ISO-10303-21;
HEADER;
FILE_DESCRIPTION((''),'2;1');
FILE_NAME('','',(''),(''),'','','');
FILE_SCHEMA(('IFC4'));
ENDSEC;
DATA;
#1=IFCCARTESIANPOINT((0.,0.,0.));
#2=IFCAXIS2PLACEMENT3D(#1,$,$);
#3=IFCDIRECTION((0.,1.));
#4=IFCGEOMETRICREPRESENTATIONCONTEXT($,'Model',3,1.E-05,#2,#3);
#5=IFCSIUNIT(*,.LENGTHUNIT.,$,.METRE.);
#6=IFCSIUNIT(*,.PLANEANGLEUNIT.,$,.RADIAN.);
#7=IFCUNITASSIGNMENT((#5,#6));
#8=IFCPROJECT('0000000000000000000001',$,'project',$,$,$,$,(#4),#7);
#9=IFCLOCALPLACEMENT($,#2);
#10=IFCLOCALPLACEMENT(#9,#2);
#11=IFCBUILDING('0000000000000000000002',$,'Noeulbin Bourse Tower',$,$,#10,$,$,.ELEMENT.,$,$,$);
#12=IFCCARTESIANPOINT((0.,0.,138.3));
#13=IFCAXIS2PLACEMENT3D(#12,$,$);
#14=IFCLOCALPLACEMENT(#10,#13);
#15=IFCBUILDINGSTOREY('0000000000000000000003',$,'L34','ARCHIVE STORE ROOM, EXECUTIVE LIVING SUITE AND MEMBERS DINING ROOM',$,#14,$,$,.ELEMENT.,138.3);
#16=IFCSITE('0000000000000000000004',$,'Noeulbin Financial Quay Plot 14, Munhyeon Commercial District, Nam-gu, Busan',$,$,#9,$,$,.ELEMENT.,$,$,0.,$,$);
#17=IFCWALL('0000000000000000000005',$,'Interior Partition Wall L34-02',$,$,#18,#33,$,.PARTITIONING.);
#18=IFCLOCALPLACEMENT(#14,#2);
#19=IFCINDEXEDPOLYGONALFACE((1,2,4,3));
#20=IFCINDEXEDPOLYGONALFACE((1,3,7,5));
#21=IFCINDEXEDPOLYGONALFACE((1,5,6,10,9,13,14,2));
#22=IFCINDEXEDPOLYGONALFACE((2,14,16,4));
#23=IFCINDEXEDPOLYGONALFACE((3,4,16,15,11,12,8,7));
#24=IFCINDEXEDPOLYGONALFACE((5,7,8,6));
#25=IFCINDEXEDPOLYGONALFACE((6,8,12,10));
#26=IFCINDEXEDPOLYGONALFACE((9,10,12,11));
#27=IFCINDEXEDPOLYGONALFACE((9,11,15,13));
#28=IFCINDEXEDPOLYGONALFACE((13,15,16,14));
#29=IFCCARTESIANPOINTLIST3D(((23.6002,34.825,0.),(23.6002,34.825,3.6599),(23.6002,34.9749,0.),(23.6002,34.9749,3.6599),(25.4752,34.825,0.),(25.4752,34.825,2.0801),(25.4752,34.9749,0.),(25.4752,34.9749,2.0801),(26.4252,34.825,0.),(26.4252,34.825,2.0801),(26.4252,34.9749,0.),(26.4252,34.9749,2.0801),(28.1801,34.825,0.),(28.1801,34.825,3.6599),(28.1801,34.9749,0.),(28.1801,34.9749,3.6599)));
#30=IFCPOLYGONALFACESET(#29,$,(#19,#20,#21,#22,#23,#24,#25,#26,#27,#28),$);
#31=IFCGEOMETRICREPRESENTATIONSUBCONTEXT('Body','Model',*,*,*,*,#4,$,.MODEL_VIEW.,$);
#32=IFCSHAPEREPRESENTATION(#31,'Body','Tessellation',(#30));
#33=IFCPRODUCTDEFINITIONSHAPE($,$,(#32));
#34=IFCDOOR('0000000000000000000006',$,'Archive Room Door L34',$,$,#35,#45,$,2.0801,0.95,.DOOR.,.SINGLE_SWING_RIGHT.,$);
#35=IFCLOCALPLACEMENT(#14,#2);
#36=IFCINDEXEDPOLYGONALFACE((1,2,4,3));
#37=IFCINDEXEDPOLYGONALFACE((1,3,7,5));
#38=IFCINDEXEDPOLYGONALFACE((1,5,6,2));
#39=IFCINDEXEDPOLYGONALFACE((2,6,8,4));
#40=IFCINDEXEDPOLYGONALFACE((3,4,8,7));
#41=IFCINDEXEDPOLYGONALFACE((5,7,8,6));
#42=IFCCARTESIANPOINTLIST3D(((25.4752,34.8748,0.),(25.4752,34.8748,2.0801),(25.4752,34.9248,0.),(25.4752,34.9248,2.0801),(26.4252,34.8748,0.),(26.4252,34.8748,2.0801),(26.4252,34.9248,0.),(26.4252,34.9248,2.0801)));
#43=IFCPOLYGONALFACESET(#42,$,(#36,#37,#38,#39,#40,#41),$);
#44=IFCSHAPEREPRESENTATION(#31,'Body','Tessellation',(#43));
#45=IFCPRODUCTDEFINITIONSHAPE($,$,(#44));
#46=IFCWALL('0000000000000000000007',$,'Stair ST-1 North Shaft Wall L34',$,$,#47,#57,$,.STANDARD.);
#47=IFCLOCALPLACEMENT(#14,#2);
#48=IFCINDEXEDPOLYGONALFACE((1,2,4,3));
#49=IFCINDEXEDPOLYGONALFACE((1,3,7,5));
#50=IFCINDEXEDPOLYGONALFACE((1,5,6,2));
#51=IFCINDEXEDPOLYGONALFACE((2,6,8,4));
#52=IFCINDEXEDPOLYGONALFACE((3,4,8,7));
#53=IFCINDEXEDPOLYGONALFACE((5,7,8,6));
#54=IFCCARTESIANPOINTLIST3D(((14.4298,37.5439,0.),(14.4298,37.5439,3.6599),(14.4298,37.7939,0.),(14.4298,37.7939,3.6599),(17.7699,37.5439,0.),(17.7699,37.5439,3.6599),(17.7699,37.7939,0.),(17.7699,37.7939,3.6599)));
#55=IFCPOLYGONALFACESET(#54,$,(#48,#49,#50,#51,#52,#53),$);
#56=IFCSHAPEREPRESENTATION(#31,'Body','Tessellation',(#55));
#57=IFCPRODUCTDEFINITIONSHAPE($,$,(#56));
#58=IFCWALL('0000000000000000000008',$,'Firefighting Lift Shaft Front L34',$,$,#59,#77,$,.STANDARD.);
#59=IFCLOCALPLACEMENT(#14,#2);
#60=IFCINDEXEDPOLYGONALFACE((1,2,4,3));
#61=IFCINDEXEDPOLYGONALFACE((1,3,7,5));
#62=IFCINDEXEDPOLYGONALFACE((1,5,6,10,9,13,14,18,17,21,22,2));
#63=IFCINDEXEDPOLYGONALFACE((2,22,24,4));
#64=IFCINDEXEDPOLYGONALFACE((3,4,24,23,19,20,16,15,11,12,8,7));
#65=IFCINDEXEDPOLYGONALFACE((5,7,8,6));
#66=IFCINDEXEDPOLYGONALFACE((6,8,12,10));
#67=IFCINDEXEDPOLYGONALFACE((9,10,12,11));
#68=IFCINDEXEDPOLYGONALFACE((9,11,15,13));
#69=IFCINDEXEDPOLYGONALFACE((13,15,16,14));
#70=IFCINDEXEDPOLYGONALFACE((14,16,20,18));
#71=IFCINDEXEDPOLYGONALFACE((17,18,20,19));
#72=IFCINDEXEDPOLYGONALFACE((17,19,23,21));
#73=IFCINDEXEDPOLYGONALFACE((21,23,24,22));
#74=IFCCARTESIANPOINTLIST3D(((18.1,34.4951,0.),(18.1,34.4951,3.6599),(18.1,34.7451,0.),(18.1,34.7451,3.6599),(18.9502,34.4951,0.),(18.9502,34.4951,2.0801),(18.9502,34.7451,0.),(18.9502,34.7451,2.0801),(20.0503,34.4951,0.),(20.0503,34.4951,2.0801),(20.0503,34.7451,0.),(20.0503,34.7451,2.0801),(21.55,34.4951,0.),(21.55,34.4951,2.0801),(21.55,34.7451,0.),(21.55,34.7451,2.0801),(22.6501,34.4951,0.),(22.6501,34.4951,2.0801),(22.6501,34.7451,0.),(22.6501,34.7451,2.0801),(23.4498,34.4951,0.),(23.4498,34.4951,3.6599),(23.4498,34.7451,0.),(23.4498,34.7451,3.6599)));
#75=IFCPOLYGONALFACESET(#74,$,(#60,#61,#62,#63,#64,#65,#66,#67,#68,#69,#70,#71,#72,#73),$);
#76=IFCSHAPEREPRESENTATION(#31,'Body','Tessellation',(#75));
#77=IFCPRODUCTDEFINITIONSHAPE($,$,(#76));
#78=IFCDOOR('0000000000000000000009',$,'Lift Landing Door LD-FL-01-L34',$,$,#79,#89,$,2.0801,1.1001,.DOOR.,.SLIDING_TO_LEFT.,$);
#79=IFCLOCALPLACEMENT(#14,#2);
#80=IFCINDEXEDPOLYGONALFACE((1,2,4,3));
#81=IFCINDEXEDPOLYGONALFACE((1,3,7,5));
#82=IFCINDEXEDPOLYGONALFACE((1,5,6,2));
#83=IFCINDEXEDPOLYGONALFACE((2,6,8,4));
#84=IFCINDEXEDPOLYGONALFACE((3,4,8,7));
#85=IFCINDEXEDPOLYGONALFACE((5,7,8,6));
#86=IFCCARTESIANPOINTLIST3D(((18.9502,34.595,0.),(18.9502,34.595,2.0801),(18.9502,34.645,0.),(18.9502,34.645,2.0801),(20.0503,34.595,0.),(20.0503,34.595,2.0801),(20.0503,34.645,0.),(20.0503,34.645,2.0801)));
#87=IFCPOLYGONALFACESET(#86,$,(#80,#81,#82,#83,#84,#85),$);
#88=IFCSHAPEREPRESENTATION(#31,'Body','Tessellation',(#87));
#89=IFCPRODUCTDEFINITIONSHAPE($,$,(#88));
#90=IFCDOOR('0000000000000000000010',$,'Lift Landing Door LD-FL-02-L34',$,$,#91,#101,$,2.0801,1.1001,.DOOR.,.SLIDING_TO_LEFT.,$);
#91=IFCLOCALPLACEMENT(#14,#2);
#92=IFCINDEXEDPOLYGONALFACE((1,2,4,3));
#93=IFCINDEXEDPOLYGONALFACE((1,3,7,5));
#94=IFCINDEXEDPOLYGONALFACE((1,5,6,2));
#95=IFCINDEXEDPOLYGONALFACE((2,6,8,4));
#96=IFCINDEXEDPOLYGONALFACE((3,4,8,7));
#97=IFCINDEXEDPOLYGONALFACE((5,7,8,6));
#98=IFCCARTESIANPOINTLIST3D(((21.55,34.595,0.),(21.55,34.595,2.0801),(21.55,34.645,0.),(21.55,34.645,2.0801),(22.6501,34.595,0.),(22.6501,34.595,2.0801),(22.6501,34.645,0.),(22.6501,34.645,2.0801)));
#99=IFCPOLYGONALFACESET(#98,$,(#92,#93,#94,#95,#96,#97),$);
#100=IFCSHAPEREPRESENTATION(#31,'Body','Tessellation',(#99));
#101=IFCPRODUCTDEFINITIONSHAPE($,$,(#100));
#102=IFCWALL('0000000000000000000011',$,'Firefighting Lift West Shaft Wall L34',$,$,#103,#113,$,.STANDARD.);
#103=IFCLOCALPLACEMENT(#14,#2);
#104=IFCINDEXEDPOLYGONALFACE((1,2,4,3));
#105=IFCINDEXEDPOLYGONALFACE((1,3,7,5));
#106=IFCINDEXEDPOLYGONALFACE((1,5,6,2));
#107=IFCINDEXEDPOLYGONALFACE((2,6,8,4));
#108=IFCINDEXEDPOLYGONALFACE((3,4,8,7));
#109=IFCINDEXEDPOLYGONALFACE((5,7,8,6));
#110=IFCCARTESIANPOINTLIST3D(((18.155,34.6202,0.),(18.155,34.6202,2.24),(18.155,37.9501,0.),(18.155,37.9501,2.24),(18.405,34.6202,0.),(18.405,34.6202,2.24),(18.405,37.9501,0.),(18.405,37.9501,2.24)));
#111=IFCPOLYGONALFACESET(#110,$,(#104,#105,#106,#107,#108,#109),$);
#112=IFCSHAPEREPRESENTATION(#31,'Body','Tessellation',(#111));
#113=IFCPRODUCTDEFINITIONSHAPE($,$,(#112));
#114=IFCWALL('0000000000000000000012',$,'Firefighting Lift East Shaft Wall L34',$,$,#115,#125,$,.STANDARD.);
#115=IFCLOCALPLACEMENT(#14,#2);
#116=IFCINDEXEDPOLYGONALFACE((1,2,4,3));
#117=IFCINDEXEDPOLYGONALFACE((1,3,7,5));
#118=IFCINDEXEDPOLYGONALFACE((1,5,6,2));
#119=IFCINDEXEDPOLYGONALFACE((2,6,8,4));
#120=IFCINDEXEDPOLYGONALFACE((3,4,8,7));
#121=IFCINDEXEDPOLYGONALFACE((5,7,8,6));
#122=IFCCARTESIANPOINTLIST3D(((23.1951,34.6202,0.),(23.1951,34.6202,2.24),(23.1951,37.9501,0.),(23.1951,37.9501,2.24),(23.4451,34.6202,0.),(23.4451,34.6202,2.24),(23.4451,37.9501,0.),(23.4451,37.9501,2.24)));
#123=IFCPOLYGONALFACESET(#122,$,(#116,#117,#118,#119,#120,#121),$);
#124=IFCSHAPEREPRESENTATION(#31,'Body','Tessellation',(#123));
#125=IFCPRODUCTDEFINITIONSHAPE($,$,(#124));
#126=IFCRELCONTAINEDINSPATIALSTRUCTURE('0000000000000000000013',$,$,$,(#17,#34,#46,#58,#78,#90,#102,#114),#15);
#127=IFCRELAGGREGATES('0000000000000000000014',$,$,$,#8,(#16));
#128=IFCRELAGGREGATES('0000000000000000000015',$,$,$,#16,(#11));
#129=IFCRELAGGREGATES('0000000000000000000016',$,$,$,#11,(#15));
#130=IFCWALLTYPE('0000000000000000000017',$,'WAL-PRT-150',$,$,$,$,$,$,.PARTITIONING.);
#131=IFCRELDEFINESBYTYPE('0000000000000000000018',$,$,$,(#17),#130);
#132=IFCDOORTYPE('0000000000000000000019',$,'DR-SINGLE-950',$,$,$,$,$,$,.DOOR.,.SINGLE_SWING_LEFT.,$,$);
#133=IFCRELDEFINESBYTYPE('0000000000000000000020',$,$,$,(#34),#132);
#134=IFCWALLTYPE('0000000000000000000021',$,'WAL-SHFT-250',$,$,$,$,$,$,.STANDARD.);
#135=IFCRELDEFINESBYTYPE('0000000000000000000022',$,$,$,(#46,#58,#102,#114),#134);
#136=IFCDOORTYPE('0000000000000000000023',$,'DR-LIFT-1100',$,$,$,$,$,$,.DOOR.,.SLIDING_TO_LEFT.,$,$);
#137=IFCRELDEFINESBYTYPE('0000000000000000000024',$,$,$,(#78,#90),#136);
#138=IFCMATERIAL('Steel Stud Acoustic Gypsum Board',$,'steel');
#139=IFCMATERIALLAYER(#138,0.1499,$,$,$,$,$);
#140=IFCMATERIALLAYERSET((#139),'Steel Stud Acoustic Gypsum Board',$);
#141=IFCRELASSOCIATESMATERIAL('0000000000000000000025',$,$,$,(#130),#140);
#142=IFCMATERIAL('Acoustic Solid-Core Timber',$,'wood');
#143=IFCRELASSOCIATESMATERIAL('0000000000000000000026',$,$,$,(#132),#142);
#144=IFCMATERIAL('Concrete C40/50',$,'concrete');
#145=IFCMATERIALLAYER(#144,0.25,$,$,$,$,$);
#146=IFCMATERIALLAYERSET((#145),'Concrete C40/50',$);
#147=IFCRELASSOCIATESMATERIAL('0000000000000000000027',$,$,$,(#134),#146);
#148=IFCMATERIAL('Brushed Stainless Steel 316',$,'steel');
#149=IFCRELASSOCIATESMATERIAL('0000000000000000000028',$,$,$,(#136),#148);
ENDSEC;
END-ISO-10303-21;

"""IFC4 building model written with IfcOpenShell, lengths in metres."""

from ifc_helpers import new_model, si_unit, direction, frame, frame_2d, origin, place, context, subcontext, project, spatial, rectangle, extrude, material, layer, layer_set, type_object, element, fill, save


model = new_model("IFC4")

# Units and contexts
model_context = context("Model", 3, precision=1e-05, world=origin(), true_north=direction((0.0, 1.0)))
body_context = subcontext(model_context, "Body", "Model", "MODEL_VIEW")
ifc_project = project(units=[si_unit("LENGTHUNIT", "METRE"), si_unit("PLANEANGLEUNIT", "RADIAN")], contexts=[model_context])

# Site, building, storey
site_placement = place(None, origin())
site = spatial("IfcSite", under=ifc_project, at=site_placement, Name="Noeulbin Financial Quay Plot 14, Munhyeon Commercial District, Nam-gu, Busan", CompositionType="ELEMENT", RefElevation=0.0)
building_placement = place(site_placement, origin())
building = spatial("IfcBuilding", under=site, at=building_placement, Name="Noeulbin Bourse Tower", CompositionType="ELEMENT")
storey_placement = place(building_placement, frame((0.0, 0.0, 138.3)))
storey = spatial("IfcBuildingStorey", under=building, at=storey_placement, Name="L34", Description="ARCHIVE STORE ROOM, EXECUTIVE LIVING SUITE AND MEMBERS DINING ROOM", CompositionType="ELEMENT", Elevation=138.3)

# Wall, opening, door
ifc_material_1 = material(Name="Steel Stud Acoustic Gypsum Board", Category="steel")
ifc_layer_1 = layer(ifc_material_1, 0.1499)
ifc_layer_set_1 = layer_set([ifc_layer_1], Name="Steel Stud Acoustic Gypsum Board")
wall_type_1 = type_object("IfcWallType", Name="WAL-PRT-150", PredefinedType="PARTITIONING", material=ifc_layer_set_1)
wall_1_placement = place(storey_placement, frame((23.6001, 34.8999, 0.0), z_axis=(0.0, 0.0, 1.0), x_axis=(1.0, 0.0, 0.0)))
wall_1 = element("IfcWall", 1, at=wall_1_placement, inside=storey, type_object=wall_type_1, Name="Interior Partition Wall L34-02", PredefinedType="PARTITIONING", context=body_context, shape_type="SweptSolid", body=[
    extrude(rectangle(XDim=4.5798, YDim=0.1499, at=frame_2d((2.29, 0.0))), origin(), (0.0, 0.0, 1.0), 3.6599),
])
opening_1_placement = place(wall_1_placement, frame((1.875, 0.0, 0.0)))
opening_1 = element("IfcOpeningElement", 2, at=opening_1_placement, cuts=wall_1, PredefinedType="OPENING", context=body_context, shape_type="SweptSolid", body=[
    extrude(rectangle(XDim=0.95, YDim=2.0801, at=frame_2d((0.4751, 1.04))), frame((0.0, 0.085, 0.0), z_axis=(0.0, -1.0, 0.0), x_axis=(1.0, 0.0, 0.0)), (0.0, 0.0, 1.0), 0.1699),
])
ifc_material_2 = material(Name="Acoustic Solid-Core Timber", Category="wood")
door_type_1 = type_object("IfcDoorType", Name="DR-SINGLE-950", OperationType="SINGLE_SWING_LEFT", PredefinedType="DOOR", material=ifc_material_2)
door_1_placement = place(opening_1_placement, origin())
door_1 = element("IfcDoor", 3, at=door_1_placement, inside=storey, type_object=door_type_1, Name="Archive Room Door L34", OperationType="SINGLE_SWING_RIGHT", OverallHeight=2.0801, OverallWidth=0.95, PredefinedType="DOOR", context=body_context, shape_type="SweptSolid", body=[
    extrude(rectangle(XDim=0.95, YDim=2.0801, at=frame_2d((0.4751, 1.04))), frame((0.0, 0.0249, 0.0), z_axis=(0.0, -1.0, 0.0), x_axis=(1.0, 0.0, 0.0)), (0.0, 0.0, 1.0), 0.05),
])
fill(opening_1, door_1)

# Wall
ifc_material_3 = material(Name="Concrete C40/50", Category="concrete")
ifc_layer_2 = layer(ifc_material_3, 0.25)
ifc_layer_set_2 = layer_set([ifc_layer_2], Name="Concrete C40/50")
wall_type_2 = type_object("IfcWallType", Name="WAL-SHFT-250", PredefinedType="STANDARD", material=ifc_layer_set_2)
wall_2_placement = place(storey_placement, frame((14.4299, 37.6689, 0.0), z_axis=(0.0, 0.0, 1.0), x_axis=(1.0, 0.0, 0.0)))
element("IfcWall", 4, at=wall_2_placement, inside=storey, type_object=wall_type_2, Name="Stair ST-1 North Shaft Wall L34", PredefinedType="STANDARD", context=body_context, shape_type="SweptSolid", body=[
    extrude(rectangle(XDim=3.3401, YDim=0.25, at=frame_2d((1.6699, 0.0))), origin(), (0.0, 0.0, 1.0), 3.6599),
])

# Wall, openings, doors
wall_3_placement = place(storey_placement, frame((18.1001, 34.6201, 0.0), z_axis=(0.0, 0.0, 1.0), x_axis=(1.0, 0.0, 0.0)))
wall_3 = element("IfcWall", 5, at=wall_3_placement, inside=storey, type_object=wall_type_2, Name="Firefighting Lift Shaft Front L34", PredefinedType="STANDARD", context=body_context, shape_type="SweptSolid", body=[
    extrude(rectangle(XDim=5.3499, YDim=0.25, at=frame_2d((2.6748, 0.0))), origin(), (0.0, 0.0, 1.0), 3.6599),
])
opening_2_placement = place(wall_3_placement, frame((0.8501, 0.0, 0.0)))
opening_2 = element("IfcOpeningElement", 6, at=opening_2_placement, cuts=wall_3, PredefinedType="OPENING", context=body_context, shape_type="SweptSolid", body=[
    extrude(rectangle(XDim=1.1001, YDim=2.0801, at=frame_2d((0.55, 1.04))), frame((0.0, 0.135, 0.0), z_axis=(0.0, -1.0, 0.0), x_axis=(1.0, 0.0, 0.0)), (0.0, 0.0, 1.0), 0.27),
])
opening_3_placement = place(wall_3_placement, frame((3.45, 0.0, 0.0)))
opening_3 = element("IfcOpeningElement", 7, at=opening_3_placement, cuts=wall_3, PredefinedType="OPENING", context=body_context, shape_type="SweptSolid", body=[
    extrude(rectangle(XDim=1.1001, YDim=2.0801, at=frame_2d((0.55, 1.04))), frame((0.0, 0.135, 0.0), z_axis=(0.0, -1.0, 0.0), x_axis=(1.0, 0.0, 0.0)), (0.0, 0.0, 1.0), 0.27),
])
ifc_material_4 = material(Name="Brushed Stainless Steel 316", Category="steel")
door_type_2 = type_object("IfcDoorType", Name="DR-LIFT-1100", OperationType="SLIDING_TO_LEFT", PredefinedType="DOOR", material=ifc_material_4)
door_2_placement = place(opening_2_placement, origin())
door_2 = element("IfcDoor", 8, at=door_2_placement, inside=storey, type_object=door_type_2, Name="Lift Landing Door LD-FL-01-L34", OperationType="SLIDING_TO_LEFT", OverallHeight=2.0801, OverallWidth=1.1001, PredefinedType="DOOR", context=body_context, shape_type="SweptSolid", body=[
    extrude(rectangle(XDim=1.1001, YDim=2.0801, at=frame_2d((0.55, 1.04))), frame((0.0, 0.0249, 0.0), z_axis=(0.0, -1.0, 0.0), x_axis=(1.0, 0.0, 0.0)), (0.0, 0.0, 1.0), 0.05),
])
fill(opening_2, door_2)
door_3_placement = place(opening_3_placement, origin())
door_3 = element("IfcDoor", 9, at=door_3_placement, inside=storey, type_object=door_type_2, Name="Lift Landing Door LD-FL-02-L34", OperationType="SLIDING_TO_LEFT", OverallHeight=2.0801, OverallWidth=1.1001, PredefinedType="DOOR", context=body_context, shape_type="SweptSolid", body=[
    extrude(rectangle(XDim=1.1001, YDim=2.0801, at=frame_2d((0.55, 1.04))), frame((0.0, 0.0249, 0.0), z_axis=(0.0, -1.0, 0.0), x_axis=(1.0, 0.0, 0.0)), (0.0, 0.0, 1.0), 0.05),
])
fill(opening_3, door_3)

# Walls
for number, where, z_axis, x_axis, name in (
    (10, (18.28, 34.6201, 0.0), (0.0, 0.0, 1.0), (0.0, 1.0, 0.0), "Firefighting Lift West Shaft Wall L34"),
    (11, (23.3201, 34.6201, 0.0), (0.0, 0.0, 1.0), (0.0, 1.0, 0.0), "Firefighting Lift East Shaft Wall L34"),
):
    element("IfcWall", number, at=place(storey_placement, frame(where, z_axis=z_axis, x_axis=x_axis)), inside=storey, type_object=wall_type_2, Name=name, PredefinedType="STANDARD", context=body_context, shape_type="SweptSolid", body=[
        extrude(rectangle(XDim=3.3298, YDim=0.25, at=frame_2d((1.665, 0.0))), origin(), (0.0, 0.0, 1.0), 2.24),
    ])

save(model, "model.ifc")
